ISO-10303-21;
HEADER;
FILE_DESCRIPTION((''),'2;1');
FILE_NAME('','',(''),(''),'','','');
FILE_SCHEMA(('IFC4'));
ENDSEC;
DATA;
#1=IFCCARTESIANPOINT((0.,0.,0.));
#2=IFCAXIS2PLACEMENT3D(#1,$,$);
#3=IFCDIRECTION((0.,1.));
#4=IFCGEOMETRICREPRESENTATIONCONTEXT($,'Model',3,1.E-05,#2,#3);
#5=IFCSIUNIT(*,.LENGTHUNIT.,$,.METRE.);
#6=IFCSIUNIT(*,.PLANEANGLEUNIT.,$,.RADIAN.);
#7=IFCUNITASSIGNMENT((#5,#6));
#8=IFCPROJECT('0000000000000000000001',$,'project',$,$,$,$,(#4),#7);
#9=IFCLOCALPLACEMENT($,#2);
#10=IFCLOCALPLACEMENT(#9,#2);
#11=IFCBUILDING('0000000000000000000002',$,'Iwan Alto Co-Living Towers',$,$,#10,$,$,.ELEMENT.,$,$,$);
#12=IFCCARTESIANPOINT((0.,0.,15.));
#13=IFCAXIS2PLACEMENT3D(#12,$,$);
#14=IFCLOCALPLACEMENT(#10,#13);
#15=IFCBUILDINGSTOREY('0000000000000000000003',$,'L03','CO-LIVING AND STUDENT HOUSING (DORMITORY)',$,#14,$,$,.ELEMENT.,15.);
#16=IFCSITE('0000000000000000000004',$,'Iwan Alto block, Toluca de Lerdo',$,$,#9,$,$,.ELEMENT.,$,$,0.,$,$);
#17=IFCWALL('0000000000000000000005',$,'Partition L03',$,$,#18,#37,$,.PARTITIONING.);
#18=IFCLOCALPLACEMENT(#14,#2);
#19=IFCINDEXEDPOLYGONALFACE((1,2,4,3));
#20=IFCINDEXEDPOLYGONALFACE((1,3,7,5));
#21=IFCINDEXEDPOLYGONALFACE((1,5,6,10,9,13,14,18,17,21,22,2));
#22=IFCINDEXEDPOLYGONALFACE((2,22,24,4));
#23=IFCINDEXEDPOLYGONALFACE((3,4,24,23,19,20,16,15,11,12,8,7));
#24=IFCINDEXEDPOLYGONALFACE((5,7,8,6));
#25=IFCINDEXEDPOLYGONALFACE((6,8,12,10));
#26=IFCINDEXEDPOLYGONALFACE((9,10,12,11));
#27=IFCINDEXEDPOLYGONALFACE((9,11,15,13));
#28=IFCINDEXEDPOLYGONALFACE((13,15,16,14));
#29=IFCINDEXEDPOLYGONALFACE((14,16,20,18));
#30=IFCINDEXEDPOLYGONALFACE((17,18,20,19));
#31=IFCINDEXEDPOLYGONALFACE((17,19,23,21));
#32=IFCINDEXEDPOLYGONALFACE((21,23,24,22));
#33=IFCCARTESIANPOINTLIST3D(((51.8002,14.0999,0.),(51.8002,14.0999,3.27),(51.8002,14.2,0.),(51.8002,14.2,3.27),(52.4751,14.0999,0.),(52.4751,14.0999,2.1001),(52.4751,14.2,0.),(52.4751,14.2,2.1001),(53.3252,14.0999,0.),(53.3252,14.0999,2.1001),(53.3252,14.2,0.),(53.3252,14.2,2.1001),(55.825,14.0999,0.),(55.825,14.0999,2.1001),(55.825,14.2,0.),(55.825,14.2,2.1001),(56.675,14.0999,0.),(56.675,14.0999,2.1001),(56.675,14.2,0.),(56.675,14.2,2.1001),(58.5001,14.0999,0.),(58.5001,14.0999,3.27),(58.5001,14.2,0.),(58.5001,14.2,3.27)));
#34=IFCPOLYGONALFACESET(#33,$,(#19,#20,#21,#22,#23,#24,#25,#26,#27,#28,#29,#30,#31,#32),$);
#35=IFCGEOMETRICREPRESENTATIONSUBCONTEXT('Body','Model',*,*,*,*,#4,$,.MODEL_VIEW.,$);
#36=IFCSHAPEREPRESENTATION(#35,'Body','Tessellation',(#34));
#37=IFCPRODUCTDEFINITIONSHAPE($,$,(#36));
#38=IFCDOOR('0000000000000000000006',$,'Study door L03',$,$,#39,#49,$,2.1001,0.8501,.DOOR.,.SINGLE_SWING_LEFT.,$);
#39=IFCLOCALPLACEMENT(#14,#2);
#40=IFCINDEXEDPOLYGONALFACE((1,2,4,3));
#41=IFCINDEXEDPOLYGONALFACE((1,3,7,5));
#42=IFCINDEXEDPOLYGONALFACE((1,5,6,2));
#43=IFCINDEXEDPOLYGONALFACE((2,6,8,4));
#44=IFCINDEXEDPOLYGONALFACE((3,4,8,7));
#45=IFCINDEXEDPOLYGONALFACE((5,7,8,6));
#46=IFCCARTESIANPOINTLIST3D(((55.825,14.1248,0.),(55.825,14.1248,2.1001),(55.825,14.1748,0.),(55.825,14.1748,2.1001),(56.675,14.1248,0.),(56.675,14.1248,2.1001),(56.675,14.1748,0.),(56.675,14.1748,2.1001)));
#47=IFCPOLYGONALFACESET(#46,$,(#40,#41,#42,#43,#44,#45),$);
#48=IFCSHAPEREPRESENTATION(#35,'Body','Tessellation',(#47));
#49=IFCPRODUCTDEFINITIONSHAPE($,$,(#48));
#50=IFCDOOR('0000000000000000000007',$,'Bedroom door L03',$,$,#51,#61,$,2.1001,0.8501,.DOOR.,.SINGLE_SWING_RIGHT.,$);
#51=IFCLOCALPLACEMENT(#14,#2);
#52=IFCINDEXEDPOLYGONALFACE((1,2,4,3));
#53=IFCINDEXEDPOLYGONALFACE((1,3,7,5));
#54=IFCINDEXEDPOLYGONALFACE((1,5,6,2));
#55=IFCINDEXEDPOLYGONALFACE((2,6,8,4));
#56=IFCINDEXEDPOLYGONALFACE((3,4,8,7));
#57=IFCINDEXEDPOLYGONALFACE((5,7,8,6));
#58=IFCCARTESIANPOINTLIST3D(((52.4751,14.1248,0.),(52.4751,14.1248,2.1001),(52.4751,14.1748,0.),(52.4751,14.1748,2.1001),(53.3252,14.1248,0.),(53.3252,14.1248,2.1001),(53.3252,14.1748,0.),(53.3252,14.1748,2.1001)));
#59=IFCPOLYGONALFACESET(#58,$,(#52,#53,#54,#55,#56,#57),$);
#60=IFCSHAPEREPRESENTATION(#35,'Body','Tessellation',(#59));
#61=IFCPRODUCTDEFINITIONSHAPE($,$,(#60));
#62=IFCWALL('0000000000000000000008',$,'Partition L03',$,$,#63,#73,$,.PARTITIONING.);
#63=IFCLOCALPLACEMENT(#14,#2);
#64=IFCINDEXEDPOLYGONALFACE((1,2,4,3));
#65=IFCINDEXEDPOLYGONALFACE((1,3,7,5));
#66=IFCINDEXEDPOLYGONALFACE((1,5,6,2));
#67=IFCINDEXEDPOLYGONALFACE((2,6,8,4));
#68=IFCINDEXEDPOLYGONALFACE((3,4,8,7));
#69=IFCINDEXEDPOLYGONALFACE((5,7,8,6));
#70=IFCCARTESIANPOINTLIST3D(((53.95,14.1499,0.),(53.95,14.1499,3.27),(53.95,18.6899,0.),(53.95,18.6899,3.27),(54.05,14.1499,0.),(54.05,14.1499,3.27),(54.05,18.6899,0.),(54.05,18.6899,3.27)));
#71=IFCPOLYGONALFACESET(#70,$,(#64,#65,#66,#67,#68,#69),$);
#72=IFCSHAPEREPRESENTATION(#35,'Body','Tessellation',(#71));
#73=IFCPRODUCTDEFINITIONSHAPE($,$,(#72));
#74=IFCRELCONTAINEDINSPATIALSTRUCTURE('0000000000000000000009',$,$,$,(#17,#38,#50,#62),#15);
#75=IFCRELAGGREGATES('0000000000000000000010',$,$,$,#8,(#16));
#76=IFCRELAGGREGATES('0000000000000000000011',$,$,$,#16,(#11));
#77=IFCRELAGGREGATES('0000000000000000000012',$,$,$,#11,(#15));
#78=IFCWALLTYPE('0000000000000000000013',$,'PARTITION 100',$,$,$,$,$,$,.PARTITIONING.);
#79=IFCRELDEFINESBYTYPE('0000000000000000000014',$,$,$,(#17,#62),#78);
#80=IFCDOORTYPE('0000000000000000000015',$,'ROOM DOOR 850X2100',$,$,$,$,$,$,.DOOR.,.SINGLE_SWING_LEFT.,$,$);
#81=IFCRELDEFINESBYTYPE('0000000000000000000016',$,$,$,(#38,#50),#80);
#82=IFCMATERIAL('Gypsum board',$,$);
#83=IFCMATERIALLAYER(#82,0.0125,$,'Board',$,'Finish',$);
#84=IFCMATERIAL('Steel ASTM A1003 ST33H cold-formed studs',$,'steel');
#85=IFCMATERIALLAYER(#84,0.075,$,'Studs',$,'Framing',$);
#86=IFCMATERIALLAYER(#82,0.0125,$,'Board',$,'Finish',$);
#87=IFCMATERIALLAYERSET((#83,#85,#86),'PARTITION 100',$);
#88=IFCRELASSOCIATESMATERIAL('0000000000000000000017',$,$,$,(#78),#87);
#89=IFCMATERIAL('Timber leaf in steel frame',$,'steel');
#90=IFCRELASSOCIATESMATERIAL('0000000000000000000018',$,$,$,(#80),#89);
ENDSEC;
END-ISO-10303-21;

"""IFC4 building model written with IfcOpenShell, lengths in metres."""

from ifc_helpers import new_model, si_unit, direction, frame, frame_2d, origin, place, context, subcontext, project, spatial, rectangle, extrude, material, layer, layer_set, type_object, element, fill, save


model = new_model("IFC4")

# Units and contexts
model_context = context("Model", 3, precision=1e-05, world=origin(), true_north=direction((0.0, 1.0)))
body_context = subcontext(model_context, "Body", "Model", "MODEL_VIEW")
ifc_project = project(units=[si_unit("LENGTHUNIT", "METRE"), si_unit("PLANEANGLEUNIT", "RADIAN")], contexts=[model_context])

# Site, building, storey
site_placement = place(None, origin())
site = spatial("IfcSite", under=ifc_project, at=site_placement, Name="Iwan Alto block, Toluca de Lerdo", CompositionType="ELEMENT", RefElevation=0.0)
building_placement = place(site_placement, origin())
building = spatial("IfcBuilding", under=site, at=building_placement, Name="Iwan Alto Co-Living Towers", CompositionType="ELEMENT")
storey_placement = place(building_placement, frame((0.0, 0.0, 15.0)))
storey = spatial("IfcBuildingStorey", under=building, at=storey_placement, Name="L03", Description="CO-LIVING AND STUDENT HOUSING (DORMITORY)", CompositionType="ELEMENT", Elevation=15.0)

# Wall, openings, doors
ifc_material_1 = material(Name="Gypsum board")
ifc_layer_1 = layer(ifc_material_1, 0.0125, Name="Board", Category="Finish")
ifc_material_2 = material(Name="Steel ASTM A1003 ST33H cold-formed studs", Category="steel")
ifc_layer_2 = layer(ifc_material_2, 0.075, Name="Studs", Category="Framing")
ifc_layer_3 = layer(ifc_material_1, 0.0125, Name="Board", Category="Finish")
ifc_layer_set_1 = layer_set([ifc_layer_1, ifc_layer_2, ifc_layer_3], Name="PARTITION 100")
wall_type = type_object("IfcWallType", Name="PARTITION 100", PredefinedType="PARTITIONING", material=ifc_layer_set_1)
wall_1_placement = place(storey_placement, frame((51.8, 14.1499, 0.0), z_axis=(0.0, 0.0, 1.0), x_axis=(1.0, 0.0, 0.0)))
wall_1 = element("IfcWall", 1, at=wall_1_placement, inside=storey, type_object=wall_type, Name="Partition L03", PredefinedType="PARTITIONING", context=body_context, shape_type="SweptSolid", body=[
    extrude(rectangle(XDim=6.7, YDim=0.1001, at=frame_2d((3.3501, 0.0))), origin(), (0.0, 0.0, 1.0), 3.27),
])
opening_1_placement = place(wall_1_placement, frame((4.0249, 0.0, 0.0)))
opening_1 = element("IfcOpeningElement", 2, at=opening_1_placement, cuts=wall_1, PredefinedType="OPENING", context=body_context, shape_type="SweptSolid", body=[
    extrude(rectangle(XDim=0.8501, YDim=2.1001, at=frame_2d((0.425, 1.05))), frame((0.0, 0.0601, 0.0), z_axis=(0.0, -1.0, 0.0), x_axis=(1.0, 0.0, 0.0)), (0.0, 0.0, 1.0), 0.1201),
])
opening_2_placement = place(wall_1_placement, frame((0.675, 0.0, 0.0)))
opening_2 = element("IfcOpeningElement", 3, at=opening_2_placement, cuts=wall_1, PredefinedType="OPENING", context=body_context, shape_type="SweptSolid", body=[
    extrude(rectangle(XDim=0.8501, YDim=2.1001, at=frame_2d((0.425, 1.05))), frame((0.0, 0.0601, 0.0), z_axis=(0.0, -1.0, 0.0), x_axis=(1.0, 0.0, 0.0)), (0.0, 0.0, 1.0), 0.1201),
])
ifc_material_3 = material(Name="Timber leaf in steel frame", Category="steel")
door_type = type_object("IfcDoorType", Name="ROOM DOOR 850X2100", OperationType="SINGLE_SWING_LEFT", PredefinedType="DOOR", material=ifc_material_3)
door_1_placement = place(opening_1_placement, origin())
door_1 = element("IfcDoor", 4, at=door_1_placement, inside=storey, type_object=door_type, Name="Study door L03", OperationType="SINGLE_SWING_LEFT", OverallHeight=2.1001, OverallWidth=0.8501, PredefinedType="DOOR", context=body_context, shape_type="SweptSolid", body=[
    extrude(rectangle(XDim=0.8501, YDim=2.1001, at=frame_2d((0.425, 1.05))), frame((0.0, 0.0249, 0.0), z_axis=(0.0, -1.0, 0.0), x_axis=(1.0, 0.0, 0.0)), (0.0, 0.0, 1.0), 0.05),
])
fill(opening_1, door_1)
door_2_placement = place(opening_2_placement, origin())
door_2 = element("IfcDoor", 5, at=door_2_placement, inside=storey, type_object=door_type, Name="Bedroom door L03", OperationType="SINGLE_SWING_RIGHT", OverallHeight=2.1001, OverallWidth=0.8501, PredefinedType="DOOR", context=body_context, shape_type="SweptSolid", body=[
    extrude(rectangle(XDim=0.8501, YDim=2.1001, at=frame_2d((0.425, 1.05))), frame((0.0, 0.0249, 0.0), z_axis=(0.0, -1.0, 0.0), x_axis=(1.0, 0.0, 0.0)), (0.0, 0.0, 1.0), 0.05),
])
fill(opening_2, door_2)

# Wall
wall_2_placement = place(storey_placement, frame((54.0, 14.1499, 0.0), z_axis=(0.0, 0.0, 1.0), x_axis=(0.0, 1.0, 0.0)))
element("IfcWall", 6, at=wall_2_placement, inside=storey, type_object=wall_type, Name="Partition L03", PredefinedType="PARTITIONING", context=body_context, shape_type="SweptSolid", body=[
    extrude(rectangle(XDim=4.54, YDim=0.1001, at=frame_2d((2.27, 0.0))), origin(), (0.0, 0.0, 1.0), 3.27),
])

save(model, "model.ifc")
